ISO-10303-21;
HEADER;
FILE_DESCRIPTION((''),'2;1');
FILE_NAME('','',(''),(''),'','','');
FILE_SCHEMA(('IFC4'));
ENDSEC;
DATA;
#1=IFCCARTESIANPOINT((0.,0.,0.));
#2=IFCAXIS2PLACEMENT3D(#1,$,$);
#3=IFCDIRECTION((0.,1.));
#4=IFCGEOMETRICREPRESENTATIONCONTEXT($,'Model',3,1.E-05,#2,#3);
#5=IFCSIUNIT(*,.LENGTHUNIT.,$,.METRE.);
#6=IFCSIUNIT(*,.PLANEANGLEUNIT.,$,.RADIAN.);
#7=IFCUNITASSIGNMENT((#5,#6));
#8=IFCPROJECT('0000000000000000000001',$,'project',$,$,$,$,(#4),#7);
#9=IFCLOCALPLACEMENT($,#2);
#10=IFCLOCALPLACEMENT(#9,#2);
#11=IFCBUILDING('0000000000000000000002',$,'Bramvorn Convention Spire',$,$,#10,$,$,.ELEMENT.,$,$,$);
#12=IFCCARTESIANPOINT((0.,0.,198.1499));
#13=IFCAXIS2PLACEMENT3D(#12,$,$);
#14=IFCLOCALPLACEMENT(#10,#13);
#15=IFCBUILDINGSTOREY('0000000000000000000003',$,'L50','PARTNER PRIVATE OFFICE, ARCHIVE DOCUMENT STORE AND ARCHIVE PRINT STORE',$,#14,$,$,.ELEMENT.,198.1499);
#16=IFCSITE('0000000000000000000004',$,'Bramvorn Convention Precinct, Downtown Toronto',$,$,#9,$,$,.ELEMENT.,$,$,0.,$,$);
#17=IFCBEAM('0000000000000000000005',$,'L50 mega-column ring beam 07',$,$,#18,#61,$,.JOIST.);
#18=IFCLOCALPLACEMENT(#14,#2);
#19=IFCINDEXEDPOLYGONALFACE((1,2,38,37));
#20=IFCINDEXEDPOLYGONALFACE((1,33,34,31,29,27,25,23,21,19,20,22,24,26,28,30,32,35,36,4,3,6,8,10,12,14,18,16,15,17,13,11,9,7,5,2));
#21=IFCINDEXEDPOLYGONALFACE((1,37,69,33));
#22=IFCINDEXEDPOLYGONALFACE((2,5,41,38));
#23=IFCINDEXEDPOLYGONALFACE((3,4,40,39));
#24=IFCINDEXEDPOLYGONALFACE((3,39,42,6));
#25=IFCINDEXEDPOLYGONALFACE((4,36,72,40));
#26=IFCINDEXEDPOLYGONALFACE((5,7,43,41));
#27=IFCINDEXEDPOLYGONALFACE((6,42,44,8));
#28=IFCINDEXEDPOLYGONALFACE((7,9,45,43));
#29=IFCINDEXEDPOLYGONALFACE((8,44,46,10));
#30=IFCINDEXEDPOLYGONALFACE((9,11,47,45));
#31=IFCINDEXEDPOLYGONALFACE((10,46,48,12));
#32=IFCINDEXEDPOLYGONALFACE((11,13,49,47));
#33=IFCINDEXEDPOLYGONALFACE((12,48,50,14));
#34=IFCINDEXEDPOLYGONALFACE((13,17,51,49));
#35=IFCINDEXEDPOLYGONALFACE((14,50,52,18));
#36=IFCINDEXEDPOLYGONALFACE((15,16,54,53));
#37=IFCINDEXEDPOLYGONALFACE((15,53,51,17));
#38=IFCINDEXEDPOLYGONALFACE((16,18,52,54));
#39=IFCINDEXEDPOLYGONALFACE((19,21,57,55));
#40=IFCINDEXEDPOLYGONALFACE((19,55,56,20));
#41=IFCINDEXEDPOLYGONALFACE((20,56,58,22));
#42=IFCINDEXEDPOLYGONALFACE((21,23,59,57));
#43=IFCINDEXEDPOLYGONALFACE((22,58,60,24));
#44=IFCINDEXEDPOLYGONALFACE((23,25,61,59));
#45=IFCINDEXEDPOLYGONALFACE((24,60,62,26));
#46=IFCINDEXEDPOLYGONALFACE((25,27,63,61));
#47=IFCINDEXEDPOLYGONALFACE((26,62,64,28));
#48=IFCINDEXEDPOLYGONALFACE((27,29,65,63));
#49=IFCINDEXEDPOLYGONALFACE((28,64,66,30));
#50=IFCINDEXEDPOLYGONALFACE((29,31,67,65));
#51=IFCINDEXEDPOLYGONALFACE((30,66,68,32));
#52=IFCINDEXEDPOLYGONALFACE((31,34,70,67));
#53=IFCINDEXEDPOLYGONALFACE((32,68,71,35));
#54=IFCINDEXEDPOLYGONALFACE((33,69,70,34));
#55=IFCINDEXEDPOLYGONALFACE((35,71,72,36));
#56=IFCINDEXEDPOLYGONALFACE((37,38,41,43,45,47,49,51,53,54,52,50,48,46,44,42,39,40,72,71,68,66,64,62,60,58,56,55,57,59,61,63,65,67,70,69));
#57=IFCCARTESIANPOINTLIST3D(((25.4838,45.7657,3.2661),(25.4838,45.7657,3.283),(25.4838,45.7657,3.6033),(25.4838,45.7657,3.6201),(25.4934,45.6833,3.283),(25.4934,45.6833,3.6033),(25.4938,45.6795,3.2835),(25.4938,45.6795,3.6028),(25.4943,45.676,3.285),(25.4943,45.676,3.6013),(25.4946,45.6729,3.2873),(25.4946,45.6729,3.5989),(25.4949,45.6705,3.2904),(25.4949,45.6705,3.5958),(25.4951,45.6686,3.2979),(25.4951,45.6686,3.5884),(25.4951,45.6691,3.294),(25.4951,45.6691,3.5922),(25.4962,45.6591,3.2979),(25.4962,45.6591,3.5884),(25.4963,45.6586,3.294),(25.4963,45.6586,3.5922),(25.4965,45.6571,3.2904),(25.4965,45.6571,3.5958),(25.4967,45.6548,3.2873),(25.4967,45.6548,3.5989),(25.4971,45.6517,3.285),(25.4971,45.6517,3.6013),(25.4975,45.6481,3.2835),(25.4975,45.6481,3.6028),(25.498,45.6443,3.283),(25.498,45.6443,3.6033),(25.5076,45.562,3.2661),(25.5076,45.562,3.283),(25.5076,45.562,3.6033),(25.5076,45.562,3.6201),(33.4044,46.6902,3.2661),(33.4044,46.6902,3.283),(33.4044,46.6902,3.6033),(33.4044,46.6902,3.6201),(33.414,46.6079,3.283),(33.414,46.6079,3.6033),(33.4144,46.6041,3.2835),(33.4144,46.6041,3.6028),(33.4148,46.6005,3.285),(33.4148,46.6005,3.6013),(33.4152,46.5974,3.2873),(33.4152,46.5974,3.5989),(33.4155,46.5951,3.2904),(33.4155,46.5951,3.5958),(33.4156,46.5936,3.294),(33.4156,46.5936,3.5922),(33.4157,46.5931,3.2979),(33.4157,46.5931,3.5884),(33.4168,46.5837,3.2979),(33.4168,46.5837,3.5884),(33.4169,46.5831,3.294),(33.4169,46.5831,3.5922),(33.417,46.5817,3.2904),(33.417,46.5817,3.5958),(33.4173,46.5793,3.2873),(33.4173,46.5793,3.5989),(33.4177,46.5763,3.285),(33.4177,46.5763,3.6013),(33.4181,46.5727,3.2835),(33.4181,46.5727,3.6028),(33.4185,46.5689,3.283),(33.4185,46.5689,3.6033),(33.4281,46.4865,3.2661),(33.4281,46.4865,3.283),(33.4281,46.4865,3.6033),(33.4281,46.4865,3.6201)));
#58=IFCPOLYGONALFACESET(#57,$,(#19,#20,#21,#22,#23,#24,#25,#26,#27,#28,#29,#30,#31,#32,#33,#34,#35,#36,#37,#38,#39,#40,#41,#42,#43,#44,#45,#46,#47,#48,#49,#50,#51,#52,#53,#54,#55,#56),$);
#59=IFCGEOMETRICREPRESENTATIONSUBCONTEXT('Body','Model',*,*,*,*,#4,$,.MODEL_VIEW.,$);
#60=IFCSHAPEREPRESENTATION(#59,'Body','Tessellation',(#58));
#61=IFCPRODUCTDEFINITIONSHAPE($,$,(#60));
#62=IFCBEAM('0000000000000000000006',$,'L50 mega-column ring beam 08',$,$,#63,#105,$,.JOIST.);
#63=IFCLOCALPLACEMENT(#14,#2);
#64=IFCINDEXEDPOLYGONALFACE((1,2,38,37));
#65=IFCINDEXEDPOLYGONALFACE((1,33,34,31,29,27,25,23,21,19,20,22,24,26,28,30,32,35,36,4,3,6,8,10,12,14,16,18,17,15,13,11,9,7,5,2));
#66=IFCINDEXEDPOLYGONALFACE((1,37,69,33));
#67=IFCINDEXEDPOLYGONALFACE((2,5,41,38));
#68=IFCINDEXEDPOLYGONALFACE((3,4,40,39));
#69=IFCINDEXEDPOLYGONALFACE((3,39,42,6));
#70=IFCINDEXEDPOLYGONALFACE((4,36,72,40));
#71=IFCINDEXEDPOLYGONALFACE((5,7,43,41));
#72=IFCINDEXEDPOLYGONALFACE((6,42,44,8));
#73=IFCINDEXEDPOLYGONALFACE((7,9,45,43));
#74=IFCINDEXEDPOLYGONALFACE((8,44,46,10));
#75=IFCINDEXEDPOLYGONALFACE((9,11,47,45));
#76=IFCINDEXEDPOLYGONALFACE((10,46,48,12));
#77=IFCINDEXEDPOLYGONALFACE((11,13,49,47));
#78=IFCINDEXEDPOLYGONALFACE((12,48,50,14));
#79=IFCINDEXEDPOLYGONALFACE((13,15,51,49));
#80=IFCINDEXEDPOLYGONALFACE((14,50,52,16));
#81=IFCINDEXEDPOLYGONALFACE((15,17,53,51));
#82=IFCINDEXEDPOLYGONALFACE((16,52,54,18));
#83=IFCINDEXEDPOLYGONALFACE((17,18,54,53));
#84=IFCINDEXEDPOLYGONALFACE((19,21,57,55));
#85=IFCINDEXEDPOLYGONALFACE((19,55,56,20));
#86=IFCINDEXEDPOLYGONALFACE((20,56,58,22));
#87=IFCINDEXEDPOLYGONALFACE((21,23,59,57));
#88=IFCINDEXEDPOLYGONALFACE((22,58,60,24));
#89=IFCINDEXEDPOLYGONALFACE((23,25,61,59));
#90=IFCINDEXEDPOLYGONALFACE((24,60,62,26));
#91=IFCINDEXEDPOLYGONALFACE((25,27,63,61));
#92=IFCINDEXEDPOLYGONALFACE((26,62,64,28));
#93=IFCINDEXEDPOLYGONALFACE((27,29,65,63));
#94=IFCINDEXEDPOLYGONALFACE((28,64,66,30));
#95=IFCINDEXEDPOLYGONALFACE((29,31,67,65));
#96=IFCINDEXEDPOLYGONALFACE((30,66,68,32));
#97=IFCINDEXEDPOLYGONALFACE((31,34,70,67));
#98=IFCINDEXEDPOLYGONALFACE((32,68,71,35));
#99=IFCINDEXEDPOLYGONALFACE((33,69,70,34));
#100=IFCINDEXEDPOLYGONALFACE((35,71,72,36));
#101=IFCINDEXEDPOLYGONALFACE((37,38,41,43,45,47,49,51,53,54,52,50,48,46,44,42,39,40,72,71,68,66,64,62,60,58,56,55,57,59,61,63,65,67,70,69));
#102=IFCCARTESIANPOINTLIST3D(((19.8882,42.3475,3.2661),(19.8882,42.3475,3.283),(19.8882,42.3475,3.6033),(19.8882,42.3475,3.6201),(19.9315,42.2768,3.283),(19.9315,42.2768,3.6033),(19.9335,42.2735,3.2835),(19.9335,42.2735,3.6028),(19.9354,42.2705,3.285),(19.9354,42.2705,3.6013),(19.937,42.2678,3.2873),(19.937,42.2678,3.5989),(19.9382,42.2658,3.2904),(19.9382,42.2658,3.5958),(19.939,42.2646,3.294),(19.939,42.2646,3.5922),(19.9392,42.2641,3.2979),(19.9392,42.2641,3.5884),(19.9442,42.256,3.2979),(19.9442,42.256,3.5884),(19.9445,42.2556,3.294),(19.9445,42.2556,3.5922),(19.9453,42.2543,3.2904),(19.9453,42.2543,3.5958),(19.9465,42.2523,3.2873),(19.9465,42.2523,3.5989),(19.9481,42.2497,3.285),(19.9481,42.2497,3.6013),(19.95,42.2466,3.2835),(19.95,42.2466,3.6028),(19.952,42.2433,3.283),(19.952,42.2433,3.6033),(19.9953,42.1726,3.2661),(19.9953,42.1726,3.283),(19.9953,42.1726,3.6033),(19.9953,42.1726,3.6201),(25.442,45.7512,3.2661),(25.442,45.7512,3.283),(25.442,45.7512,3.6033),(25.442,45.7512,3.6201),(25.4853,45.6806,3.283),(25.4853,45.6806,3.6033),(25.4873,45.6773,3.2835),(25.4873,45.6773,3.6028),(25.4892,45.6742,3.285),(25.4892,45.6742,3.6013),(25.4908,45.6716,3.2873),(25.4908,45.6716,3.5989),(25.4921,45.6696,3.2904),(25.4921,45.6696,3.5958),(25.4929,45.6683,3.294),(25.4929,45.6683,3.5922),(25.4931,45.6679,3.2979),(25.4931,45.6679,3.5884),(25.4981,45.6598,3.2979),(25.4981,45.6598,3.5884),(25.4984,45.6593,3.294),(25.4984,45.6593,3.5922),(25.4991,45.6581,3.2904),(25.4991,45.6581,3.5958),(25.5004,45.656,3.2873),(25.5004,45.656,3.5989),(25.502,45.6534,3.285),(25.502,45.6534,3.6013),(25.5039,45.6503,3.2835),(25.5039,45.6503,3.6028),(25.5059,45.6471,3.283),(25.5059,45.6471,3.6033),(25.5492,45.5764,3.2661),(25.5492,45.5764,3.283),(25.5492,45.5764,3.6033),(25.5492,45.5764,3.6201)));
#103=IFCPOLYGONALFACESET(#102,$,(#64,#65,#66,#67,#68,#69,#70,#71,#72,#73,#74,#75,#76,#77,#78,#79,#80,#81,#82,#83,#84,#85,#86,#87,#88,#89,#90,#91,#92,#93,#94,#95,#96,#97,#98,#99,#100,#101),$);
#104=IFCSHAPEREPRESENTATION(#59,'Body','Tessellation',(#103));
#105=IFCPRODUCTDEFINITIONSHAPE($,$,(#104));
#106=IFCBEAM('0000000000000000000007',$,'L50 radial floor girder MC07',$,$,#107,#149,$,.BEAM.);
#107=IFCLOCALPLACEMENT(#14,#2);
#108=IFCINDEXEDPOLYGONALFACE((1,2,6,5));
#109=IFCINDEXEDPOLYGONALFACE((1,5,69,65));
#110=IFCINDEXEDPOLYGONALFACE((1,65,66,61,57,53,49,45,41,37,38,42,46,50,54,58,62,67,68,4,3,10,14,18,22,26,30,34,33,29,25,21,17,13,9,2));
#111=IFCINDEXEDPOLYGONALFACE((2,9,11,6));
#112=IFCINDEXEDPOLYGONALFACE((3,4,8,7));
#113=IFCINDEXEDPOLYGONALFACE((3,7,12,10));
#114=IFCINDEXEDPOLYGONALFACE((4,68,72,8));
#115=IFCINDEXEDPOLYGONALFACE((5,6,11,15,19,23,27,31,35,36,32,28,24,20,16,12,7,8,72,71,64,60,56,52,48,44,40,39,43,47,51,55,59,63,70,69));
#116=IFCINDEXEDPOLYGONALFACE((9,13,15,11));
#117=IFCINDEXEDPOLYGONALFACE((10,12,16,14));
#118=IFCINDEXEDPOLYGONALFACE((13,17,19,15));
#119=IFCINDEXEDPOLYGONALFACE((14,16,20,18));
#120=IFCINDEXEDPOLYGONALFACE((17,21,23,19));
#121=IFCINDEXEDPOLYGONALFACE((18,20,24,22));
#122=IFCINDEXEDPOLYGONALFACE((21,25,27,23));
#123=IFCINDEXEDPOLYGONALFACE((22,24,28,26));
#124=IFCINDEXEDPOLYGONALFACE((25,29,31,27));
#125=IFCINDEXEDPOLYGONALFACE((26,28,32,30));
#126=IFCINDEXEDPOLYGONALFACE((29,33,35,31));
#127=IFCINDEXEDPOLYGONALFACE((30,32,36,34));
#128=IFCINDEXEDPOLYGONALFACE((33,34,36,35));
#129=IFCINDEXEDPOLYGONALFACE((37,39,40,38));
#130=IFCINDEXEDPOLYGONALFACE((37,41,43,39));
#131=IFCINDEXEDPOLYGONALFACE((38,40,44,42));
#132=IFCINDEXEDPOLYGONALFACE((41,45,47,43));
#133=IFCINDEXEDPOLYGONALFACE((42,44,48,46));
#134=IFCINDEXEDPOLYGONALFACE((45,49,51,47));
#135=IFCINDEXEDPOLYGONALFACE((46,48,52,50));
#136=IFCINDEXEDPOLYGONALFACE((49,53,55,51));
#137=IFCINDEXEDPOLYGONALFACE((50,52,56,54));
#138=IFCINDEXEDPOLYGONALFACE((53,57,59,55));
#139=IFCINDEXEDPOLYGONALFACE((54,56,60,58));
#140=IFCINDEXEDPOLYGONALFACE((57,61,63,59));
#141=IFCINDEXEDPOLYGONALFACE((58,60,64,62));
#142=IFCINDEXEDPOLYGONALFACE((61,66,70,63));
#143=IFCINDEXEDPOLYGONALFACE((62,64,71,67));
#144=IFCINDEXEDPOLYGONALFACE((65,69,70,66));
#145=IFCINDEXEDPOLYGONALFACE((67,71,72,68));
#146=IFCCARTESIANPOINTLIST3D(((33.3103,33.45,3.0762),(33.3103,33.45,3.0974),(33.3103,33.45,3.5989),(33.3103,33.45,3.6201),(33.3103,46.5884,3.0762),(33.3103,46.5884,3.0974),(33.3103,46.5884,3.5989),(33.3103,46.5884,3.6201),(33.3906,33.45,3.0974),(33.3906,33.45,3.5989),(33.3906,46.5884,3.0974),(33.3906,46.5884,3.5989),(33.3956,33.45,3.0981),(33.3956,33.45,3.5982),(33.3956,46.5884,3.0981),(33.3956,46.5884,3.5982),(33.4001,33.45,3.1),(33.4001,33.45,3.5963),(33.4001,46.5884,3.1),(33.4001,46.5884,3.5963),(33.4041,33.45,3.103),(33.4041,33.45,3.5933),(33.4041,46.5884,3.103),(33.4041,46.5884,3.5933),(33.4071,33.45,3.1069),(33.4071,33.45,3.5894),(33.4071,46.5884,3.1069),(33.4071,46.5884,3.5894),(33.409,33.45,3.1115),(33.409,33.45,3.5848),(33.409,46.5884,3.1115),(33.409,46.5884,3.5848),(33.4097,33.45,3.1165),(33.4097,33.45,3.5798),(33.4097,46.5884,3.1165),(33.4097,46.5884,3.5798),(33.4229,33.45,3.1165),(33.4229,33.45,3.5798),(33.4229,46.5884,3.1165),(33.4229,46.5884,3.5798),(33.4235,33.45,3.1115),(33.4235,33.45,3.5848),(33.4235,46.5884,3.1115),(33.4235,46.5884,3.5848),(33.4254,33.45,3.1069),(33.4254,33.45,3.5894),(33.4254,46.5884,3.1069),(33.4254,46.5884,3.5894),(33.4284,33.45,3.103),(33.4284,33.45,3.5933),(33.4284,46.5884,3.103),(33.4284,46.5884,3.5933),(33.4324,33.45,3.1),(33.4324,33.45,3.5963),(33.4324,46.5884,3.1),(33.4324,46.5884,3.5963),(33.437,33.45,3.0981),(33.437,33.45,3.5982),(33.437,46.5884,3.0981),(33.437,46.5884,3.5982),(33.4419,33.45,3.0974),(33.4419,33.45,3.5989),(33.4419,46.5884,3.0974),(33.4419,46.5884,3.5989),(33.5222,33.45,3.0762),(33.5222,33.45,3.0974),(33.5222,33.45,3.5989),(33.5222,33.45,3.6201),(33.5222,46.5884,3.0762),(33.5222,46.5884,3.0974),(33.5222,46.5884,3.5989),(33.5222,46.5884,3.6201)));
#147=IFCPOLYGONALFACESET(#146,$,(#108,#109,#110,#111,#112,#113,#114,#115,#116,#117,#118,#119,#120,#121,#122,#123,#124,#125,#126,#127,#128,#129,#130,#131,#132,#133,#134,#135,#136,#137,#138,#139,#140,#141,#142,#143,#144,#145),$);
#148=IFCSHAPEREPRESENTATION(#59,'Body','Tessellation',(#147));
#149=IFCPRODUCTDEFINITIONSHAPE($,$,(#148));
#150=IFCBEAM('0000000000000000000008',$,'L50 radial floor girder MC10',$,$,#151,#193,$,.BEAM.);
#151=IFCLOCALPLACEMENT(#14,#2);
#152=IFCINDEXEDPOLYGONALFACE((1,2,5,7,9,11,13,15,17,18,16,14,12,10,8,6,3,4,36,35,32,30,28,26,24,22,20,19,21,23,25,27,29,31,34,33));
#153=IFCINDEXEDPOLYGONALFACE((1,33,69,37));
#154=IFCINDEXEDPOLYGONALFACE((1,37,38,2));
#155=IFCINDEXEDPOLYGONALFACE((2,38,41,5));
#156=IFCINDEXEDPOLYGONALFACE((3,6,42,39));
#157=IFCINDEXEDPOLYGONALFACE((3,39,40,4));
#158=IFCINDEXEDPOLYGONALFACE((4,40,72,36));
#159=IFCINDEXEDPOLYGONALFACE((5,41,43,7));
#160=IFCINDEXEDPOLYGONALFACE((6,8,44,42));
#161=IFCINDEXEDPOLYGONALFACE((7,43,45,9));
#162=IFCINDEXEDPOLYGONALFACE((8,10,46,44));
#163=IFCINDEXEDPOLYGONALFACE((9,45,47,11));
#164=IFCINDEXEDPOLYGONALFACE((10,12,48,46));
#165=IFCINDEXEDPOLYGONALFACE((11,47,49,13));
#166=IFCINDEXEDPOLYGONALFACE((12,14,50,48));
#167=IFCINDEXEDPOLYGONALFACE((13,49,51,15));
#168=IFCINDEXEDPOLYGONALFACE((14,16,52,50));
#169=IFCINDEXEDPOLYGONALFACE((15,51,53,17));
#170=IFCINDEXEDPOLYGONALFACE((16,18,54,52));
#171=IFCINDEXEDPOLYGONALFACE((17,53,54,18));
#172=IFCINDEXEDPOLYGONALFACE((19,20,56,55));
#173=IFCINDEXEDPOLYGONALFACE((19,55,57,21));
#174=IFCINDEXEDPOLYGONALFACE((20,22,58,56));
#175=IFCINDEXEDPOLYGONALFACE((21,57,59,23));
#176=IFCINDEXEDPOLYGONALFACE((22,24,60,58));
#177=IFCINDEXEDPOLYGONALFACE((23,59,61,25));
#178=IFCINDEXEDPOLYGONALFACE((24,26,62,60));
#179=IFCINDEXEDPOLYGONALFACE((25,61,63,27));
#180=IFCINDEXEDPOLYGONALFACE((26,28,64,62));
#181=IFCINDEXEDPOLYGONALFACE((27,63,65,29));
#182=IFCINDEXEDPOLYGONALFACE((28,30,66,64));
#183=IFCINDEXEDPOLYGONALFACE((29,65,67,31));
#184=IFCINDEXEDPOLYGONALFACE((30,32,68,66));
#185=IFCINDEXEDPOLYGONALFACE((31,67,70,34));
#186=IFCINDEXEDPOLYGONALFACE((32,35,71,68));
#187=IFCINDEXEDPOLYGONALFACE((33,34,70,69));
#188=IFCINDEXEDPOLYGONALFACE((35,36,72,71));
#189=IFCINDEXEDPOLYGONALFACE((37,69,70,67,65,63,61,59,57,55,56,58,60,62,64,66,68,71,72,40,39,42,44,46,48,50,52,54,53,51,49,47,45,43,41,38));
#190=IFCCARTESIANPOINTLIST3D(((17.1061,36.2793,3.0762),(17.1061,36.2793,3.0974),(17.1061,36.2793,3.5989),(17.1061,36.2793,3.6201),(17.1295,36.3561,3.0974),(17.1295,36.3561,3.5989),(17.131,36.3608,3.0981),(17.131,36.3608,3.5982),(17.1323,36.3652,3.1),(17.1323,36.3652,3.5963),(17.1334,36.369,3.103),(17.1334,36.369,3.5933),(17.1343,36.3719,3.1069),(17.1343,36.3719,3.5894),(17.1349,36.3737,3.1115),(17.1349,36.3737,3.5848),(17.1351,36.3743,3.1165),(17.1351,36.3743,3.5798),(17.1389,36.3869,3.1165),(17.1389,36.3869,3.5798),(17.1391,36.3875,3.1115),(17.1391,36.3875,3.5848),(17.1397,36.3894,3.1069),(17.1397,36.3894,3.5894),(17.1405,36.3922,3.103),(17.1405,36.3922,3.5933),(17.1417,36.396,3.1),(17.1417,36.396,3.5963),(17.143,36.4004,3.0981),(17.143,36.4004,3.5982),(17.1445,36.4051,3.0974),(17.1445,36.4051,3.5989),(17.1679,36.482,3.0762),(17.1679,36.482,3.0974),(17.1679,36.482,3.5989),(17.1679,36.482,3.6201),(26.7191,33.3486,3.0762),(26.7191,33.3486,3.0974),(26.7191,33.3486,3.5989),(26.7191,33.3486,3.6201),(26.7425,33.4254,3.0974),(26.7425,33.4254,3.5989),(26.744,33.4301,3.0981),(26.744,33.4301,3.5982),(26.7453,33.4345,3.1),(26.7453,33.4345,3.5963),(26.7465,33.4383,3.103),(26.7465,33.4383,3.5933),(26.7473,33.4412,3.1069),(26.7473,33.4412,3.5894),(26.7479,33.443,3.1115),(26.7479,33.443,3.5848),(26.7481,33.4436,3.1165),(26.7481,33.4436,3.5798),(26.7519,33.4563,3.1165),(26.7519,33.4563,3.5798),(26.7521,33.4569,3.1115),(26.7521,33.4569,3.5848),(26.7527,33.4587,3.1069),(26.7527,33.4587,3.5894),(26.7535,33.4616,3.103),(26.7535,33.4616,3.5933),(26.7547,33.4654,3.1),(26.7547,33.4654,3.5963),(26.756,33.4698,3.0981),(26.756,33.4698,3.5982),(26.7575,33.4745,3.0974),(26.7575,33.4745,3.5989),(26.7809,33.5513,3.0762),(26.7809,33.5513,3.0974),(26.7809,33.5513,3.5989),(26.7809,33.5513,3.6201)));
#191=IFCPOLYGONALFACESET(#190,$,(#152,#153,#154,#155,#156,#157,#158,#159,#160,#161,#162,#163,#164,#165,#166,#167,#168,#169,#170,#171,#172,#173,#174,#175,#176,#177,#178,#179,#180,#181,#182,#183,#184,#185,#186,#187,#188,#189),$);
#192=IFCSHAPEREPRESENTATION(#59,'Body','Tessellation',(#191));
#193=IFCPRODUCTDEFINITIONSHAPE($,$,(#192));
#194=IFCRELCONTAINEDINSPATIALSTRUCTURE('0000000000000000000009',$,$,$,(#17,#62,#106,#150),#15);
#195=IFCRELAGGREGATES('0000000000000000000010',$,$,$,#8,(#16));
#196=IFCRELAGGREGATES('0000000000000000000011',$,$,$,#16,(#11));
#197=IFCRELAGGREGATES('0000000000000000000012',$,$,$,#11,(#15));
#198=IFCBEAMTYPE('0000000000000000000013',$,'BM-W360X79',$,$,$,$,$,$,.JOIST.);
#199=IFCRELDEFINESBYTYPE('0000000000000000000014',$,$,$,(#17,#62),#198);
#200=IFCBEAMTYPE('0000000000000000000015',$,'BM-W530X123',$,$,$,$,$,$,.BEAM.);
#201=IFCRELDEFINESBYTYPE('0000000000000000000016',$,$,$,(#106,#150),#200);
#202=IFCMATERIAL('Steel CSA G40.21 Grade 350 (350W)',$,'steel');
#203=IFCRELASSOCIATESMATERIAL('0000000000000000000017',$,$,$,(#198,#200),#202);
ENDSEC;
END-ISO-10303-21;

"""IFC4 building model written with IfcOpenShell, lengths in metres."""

from ifc_helpers import new_model, si_unit, direction, frame, origin, origin_2d, place, context, subcontext, project, spatial, i_section, extrude, material, material_profile, profile_set, type_object, element, save


model = new_model("IFC4")

# Units and contexts
model_context = context("Model", 3, precision=1e-05, world=origin(), true_north=direction((0.0, 1.0)))
body_context = subcontext(model_context, "Body", "Model", "MODEL_VIEW")
ifc_project = project(units=[si_unit("LENGTHUNIT", "METRE"), si_unit("PLANEANGLEUNIT", "RADIAN")], contexts=[model_context])

# Site, building, storey
site_placement = place(None, origin())
site = spatial("IfcSite", under=ifc_project, at=site_placement, Name="Bramvorn Convention Precinct, Downtown Toronto", CompositionType="ELEMENT", RefElevation=0.0)
building_placement = place(site_placement, origin())
building = spatial("IfcBuilding", under=site, at=building_placement, Name="Bramvorn Convention Spire", CompositionType="ELEMENT")
storey_placement = place(building_placement, frame((0.0, 0.0, 198.1499)))
storey = spatial("IfcBuildingStorey", under=building, at=storey_placement, Name="L50", Description="PARTNER PRIVATE OFFICE, ARCHIVE DOCUMENT STORE AND ARCHIVE PRINT STORE", CompositionType="ELEMENT", Elevation=198.1499)

# Shared definitions
ifc_material_1 = material(Name="Steel CSA G40.21 Grade 350 (350W)", Category="steel")

# Beams
ifc_material_profile_1 = material_profile(ifc_material_1, i_section(OverallWidth=0.2051, OverallDepth=0.354, WebThickness=0.0095, FlangeThickness=0.0168, FilletRadius=0.0149, at=origin_2d()))
ifc_profile_set_1 = profile_set([ifc_material_profile_1], Name="Steel CSA G40.21 Grade 350 (350W) - W360X79")
beam_type_1 = type_object("IfcBeamType", Name="BM-W360X79", PredefinedType="JOIST", material=ifc_profile_set_1)
beam_1_placement = place(storey_placement, frame((33.4163, 46.5884, 3.4431), z_axis=(-0.993256, -0.115941, 0.0), x_axis=(0.115941, -0.993256, 0.0)))
element("IfcBeam", 1, at=beam_1_placement, inside=storey, type_object=beam_type_1, Name="L50 mega-column ring beam 07", PredefinedType="JOIST", context=body_context, shape_type="SweptSolid", body=[
    extrude(i_section(OverallWidth=0.2051, OverallDepth=0.354, WebThickness=0.0095, FlangeThickness=0.0168, FilletRadius=0.0149, at=origin_2d()), origin(), (0.0, 0.0, 1.0), 7.9744),
])
beam_2_placement = place(storey_placement, frame((25.4956, 45.6638, 3.4431), z_axis=(-0.852617, -0.522537, 0.0), x_axis=(0.522537, -0.852617, 0.0)))
element("IfcBeam", 2, at=beam_2_placement, inside=storey, type_object=beam_type_1, Name="L50 mega-column ring beam 08", PredefinedType="JOIST", context=body_context, shape_type="SweptSolid", body=[
    extrude(i_section(OverallWidth=0.2051, OverallDepth=0.354, WebThickness=0.0095, FlangeThickness=0.0168, FilletRadius=0.0149, at=origin_2d()), origin(), (0.0, 0.0, 1.0), 6.5139),
])
ifc_material_profile_2 = material_profile(ifc_material_1, i_section(OverallWidth=0.2119, OverallDepth=0.5439, WebThickness=0.0132, FlangeThickness=0.0212, FilletRadius=0.019, at=origin_2d()))
ifc_profile_set_2 = profile_set([ifc_material_profile_2], Name="Steel CSA G40.21 Grade 350 (350W) - W530X123")
beam_type_2 = type_object("IfcBeamType", Name="BM-W530X123", PredefinedType="BEAM", material=ifc_profile_set_2)
beam_3_placement = place(storey_placement, frame((33.4163, 33.45, 3.3481), z_axis=(0.0, 1.0, 0.0), x_axis=(-1.0, 0.0, 0.0)))
element("IfcBeam", 3, at=beam_3_placement, inside=storey, type_object=beam_type_2, Name="L50 radial floor girder MC07", PredefinedType="BEAM", context=body_context, shape_type="SweptSolid", body=[
    extrude(i_section(OverallWidth=0.2119, OverallDepth=0.5439, WebThickness=0.0132, FlangeThickness=0.0212, FilletRadius=0.019, at=origin_2d()), origin(), (0.0, 0.0, 1.0), 13.1384),
])
beam_4_placement = place(storey_placement, frame((26.75, 33.45, 3.3481), z_axis=(-0.956536, 0.291613, 0.0), x_axis=(-0.291613, -0.956536, 0.0)))
element("IfcBeam", 4, at=beam_4_placement, inside=storey, type_object=beam_type_2, Name="L50 radial floor girder MC10", PredefinedType="BEAM", context=body_context, shape_type="SweptSolid", body=[
    extrude(i_section(OverallWidth=0.2119, OverallDepth=0.5439, WebThickness=0.0132, FlangeThickness=0.0212, FilletRadius=0.019, at=origin_2d()), origin(), (0.0, 0.0, 1.0), 10.0498),
])

save(model, "model.ifc")
